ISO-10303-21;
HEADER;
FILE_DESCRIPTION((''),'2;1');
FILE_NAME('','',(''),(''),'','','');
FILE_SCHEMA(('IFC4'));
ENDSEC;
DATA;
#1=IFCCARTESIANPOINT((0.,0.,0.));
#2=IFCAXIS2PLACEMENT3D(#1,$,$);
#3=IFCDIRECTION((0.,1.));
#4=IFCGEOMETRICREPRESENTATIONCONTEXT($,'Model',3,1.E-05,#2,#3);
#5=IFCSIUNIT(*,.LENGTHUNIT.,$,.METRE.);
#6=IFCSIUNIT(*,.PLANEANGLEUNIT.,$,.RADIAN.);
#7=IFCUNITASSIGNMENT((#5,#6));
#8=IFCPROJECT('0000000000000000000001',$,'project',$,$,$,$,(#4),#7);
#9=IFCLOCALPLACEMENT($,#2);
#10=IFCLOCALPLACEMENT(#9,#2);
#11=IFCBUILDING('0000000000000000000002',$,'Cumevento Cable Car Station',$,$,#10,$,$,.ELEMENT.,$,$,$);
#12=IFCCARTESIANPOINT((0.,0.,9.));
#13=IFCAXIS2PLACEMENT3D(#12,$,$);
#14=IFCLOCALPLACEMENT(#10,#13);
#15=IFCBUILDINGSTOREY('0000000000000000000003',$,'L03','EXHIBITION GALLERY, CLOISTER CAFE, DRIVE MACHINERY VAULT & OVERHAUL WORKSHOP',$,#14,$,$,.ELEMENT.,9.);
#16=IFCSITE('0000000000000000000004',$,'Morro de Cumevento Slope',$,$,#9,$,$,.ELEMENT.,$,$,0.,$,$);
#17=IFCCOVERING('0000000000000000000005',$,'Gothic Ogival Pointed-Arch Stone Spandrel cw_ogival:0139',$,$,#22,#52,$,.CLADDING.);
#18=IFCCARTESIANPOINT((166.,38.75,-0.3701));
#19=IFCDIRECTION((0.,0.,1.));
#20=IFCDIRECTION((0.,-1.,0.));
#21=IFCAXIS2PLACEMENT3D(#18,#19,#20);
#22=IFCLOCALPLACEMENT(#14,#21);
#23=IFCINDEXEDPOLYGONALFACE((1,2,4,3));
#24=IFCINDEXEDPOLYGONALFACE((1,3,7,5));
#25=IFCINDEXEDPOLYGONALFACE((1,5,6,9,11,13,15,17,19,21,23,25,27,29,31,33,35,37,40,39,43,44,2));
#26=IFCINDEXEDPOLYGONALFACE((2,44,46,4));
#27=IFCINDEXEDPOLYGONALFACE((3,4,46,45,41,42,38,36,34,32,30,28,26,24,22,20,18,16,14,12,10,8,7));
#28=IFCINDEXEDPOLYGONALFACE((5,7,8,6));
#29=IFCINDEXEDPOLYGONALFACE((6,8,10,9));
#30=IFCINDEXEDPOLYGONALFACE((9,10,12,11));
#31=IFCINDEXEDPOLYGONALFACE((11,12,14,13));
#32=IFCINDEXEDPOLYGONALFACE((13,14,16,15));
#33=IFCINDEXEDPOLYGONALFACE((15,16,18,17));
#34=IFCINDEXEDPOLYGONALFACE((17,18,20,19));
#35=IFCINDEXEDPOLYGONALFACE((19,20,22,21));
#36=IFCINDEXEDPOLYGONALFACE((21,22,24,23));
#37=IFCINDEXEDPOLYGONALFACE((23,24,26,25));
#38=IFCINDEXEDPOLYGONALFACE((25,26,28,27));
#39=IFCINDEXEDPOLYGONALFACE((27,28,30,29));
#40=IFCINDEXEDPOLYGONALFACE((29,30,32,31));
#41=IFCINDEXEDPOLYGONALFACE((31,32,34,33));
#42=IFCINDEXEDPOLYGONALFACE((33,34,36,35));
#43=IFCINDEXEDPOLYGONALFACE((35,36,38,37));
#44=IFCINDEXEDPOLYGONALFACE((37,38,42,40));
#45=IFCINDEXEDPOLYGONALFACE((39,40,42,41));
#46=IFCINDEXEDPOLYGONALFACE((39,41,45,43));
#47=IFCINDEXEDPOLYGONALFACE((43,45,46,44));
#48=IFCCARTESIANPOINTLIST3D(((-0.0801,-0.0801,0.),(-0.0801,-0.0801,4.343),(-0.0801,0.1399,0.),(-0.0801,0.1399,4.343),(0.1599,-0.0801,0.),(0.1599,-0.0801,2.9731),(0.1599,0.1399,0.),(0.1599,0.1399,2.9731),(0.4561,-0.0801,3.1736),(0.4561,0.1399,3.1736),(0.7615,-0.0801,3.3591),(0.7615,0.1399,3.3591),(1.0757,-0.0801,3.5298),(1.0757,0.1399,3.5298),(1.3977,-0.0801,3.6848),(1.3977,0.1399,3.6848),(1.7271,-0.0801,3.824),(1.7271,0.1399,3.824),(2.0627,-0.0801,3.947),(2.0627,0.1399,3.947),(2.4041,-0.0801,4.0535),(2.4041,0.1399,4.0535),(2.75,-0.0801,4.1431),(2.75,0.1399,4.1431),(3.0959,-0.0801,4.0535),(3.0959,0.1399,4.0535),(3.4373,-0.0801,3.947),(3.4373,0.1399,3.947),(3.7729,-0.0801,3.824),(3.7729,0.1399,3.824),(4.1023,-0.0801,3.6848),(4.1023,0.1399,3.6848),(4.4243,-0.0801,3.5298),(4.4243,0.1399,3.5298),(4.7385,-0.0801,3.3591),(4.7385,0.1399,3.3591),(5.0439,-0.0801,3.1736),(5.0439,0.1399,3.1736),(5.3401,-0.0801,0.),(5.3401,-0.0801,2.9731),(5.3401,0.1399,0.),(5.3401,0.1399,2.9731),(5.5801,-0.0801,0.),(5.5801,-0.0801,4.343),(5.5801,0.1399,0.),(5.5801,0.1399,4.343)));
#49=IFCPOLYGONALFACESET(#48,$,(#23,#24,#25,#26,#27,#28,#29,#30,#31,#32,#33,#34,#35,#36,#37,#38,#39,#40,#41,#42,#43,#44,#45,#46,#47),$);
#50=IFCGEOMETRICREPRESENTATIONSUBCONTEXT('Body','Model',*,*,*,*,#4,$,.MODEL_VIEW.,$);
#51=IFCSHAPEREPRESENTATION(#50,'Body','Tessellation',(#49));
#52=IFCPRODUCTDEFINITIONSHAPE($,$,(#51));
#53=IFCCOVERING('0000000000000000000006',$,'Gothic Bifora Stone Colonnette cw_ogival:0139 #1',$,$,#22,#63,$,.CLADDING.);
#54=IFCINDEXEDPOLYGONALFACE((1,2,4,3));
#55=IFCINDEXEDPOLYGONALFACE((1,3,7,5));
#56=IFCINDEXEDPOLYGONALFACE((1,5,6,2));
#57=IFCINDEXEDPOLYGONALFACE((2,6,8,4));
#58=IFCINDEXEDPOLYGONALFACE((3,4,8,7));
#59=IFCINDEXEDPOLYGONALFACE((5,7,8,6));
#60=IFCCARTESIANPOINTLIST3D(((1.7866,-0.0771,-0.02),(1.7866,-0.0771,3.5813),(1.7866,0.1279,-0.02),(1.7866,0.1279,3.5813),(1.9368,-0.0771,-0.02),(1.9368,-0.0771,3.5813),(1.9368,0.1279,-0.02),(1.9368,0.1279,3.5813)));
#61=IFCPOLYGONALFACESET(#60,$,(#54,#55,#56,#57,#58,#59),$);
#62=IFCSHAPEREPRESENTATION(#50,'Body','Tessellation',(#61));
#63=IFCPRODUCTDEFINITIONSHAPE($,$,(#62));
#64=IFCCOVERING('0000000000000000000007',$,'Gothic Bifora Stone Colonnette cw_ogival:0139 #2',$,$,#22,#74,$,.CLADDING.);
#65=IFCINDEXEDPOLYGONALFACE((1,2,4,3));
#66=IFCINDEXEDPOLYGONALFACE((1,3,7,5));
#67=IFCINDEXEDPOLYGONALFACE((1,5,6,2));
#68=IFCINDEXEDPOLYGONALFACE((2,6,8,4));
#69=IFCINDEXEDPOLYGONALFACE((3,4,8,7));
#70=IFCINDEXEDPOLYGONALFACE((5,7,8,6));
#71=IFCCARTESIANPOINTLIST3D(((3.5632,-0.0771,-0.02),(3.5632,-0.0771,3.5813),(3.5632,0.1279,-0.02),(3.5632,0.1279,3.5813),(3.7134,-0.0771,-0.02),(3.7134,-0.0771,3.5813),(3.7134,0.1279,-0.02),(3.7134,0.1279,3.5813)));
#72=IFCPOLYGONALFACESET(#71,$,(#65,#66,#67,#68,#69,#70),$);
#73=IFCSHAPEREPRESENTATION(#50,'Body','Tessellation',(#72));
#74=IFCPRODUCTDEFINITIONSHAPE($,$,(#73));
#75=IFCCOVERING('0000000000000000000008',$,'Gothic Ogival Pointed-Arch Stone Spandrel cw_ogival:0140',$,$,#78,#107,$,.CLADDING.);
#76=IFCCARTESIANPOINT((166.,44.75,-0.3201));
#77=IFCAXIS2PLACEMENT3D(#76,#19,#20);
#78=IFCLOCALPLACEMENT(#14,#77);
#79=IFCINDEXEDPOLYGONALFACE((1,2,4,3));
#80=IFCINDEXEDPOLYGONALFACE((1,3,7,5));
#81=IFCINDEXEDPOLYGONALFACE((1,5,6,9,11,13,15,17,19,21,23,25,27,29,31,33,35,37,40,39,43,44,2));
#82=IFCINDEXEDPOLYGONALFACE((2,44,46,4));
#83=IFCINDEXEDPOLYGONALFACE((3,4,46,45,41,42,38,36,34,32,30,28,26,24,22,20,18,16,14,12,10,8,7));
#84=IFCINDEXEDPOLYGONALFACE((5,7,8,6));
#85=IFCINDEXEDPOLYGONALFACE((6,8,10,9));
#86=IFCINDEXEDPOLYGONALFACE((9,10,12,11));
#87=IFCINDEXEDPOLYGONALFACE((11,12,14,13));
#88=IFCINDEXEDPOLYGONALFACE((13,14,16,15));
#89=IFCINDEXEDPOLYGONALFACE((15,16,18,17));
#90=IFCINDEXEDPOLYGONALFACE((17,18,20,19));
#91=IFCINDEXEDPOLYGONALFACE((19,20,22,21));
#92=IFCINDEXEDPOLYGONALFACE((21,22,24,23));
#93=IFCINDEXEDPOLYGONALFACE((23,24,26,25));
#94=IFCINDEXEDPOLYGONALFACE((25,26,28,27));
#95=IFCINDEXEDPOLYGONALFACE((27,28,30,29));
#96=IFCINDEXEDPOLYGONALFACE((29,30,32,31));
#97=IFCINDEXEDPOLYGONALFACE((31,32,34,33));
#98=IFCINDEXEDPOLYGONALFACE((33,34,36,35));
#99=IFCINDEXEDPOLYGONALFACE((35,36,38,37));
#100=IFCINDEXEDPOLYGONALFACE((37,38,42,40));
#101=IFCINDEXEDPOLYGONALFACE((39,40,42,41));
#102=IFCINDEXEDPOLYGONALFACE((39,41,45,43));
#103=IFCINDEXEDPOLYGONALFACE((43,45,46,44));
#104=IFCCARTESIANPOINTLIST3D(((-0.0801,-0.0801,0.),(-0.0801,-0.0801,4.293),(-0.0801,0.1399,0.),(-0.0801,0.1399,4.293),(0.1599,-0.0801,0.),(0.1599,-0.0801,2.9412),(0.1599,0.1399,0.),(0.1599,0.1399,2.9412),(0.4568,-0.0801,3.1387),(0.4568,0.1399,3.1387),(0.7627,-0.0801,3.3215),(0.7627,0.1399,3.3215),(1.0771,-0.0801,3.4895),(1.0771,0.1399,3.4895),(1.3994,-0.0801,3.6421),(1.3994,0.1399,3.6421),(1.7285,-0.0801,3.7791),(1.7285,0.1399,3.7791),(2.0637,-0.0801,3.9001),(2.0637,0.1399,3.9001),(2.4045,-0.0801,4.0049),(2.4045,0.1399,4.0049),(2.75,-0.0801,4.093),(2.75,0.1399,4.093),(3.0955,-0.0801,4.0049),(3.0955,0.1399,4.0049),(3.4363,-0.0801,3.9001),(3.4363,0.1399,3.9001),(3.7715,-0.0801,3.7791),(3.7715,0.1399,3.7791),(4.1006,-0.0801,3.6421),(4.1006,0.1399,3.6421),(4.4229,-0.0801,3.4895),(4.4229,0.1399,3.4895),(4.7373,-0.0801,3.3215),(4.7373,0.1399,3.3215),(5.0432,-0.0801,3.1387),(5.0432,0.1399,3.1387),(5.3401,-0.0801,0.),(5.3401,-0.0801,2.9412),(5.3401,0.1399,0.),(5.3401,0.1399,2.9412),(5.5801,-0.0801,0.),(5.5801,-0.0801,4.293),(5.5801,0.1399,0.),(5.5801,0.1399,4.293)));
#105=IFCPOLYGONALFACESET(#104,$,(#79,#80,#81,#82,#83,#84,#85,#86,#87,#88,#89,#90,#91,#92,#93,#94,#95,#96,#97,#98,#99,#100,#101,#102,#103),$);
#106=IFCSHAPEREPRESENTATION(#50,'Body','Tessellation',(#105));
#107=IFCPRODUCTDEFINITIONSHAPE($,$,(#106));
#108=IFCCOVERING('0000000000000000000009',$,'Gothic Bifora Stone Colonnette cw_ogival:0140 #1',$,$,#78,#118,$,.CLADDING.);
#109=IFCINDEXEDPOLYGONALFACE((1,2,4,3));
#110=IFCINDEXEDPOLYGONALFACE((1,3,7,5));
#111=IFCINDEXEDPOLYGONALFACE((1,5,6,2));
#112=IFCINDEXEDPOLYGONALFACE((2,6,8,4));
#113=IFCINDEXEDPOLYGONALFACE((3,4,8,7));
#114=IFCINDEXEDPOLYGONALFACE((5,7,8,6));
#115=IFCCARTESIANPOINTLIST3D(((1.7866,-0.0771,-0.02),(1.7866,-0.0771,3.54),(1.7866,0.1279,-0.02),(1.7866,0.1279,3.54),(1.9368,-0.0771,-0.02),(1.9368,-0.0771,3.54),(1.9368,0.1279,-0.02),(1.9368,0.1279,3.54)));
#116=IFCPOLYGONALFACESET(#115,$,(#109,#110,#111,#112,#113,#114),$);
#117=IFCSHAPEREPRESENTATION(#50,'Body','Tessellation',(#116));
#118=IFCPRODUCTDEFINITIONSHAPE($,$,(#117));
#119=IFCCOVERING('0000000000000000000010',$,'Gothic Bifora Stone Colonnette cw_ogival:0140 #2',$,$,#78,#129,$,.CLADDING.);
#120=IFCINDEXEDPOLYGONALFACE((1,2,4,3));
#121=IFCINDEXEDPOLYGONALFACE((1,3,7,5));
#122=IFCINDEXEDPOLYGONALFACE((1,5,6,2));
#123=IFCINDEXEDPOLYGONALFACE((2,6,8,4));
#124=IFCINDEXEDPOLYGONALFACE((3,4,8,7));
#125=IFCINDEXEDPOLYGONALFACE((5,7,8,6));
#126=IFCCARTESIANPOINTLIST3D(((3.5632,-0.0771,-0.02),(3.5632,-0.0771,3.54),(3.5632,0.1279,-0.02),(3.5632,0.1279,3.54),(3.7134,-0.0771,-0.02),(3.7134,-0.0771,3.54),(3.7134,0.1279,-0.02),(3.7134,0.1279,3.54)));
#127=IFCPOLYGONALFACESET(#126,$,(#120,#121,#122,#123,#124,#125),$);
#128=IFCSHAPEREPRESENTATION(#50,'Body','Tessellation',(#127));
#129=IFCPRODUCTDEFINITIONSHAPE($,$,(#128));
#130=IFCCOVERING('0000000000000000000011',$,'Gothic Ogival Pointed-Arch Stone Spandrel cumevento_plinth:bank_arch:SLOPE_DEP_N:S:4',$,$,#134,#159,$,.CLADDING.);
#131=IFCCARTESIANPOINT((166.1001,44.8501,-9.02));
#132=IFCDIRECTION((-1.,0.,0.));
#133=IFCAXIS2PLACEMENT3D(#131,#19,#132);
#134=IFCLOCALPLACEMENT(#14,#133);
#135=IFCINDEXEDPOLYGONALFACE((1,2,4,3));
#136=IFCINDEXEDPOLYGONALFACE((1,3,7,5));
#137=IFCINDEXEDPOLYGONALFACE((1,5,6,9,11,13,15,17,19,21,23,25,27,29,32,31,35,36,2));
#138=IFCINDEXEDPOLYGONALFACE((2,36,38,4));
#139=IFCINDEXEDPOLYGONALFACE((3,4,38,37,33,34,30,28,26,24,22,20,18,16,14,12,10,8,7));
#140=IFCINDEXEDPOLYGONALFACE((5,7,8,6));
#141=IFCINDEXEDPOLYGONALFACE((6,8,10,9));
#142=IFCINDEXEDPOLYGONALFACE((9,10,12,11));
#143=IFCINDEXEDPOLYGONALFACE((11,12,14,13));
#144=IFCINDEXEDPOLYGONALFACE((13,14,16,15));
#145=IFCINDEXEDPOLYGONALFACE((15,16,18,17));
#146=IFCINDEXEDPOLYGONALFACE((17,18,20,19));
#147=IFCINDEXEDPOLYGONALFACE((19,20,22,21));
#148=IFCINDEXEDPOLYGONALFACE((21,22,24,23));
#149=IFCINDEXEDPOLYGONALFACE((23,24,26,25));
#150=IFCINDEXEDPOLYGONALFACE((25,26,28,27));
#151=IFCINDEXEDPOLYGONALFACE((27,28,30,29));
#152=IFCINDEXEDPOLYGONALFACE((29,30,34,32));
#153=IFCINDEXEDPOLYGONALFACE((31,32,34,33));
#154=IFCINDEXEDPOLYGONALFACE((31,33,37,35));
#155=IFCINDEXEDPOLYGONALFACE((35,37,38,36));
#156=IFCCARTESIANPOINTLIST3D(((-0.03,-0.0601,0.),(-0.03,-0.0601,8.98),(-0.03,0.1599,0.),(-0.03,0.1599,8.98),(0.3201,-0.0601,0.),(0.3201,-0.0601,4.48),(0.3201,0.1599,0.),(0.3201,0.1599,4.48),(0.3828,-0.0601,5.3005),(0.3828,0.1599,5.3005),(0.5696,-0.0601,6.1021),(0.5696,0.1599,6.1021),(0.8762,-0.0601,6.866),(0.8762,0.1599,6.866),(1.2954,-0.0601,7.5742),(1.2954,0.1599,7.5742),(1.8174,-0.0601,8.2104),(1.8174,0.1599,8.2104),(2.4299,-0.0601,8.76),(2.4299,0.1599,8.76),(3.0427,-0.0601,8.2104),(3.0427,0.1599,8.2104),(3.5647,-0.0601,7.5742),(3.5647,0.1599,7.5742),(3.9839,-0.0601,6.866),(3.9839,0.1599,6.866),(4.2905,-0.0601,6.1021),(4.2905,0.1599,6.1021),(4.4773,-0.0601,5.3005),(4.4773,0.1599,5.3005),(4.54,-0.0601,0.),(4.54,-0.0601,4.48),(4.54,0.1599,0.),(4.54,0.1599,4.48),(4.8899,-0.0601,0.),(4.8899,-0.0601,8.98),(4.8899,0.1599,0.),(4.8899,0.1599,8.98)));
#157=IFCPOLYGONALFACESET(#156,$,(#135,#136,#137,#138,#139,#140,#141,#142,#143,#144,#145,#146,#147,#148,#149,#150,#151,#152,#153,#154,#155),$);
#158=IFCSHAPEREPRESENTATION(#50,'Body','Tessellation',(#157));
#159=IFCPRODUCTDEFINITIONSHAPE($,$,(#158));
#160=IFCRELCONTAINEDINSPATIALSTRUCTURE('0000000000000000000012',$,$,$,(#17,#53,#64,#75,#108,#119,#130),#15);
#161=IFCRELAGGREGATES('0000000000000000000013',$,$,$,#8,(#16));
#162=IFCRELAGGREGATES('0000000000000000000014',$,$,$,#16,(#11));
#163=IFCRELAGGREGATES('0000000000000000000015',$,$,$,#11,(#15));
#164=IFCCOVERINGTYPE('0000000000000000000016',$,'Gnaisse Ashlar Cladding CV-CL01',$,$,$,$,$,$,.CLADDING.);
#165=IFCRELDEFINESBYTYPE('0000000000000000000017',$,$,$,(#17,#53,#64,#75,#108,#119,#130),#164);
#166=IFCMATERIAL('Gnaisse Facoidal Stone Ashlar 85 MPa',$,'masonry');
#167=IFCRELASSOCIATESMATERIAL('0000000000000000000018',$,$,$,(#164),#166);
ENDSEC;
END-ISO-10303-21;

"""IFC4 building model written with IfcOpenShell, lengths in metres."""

from ifc_helpers import new_model, si_unit, direction, frame, origin, place, context, subcontext, project, spatial, polyline, outline, extrude, material, type_object, element, save


model = new_model("IFC4")

# Units and contexts
model_context = context("Model", 3, precision=1e-05, world=origin(), true_north=direction((0.0, 1.0)))
body_context = subcontext(model_context, "Body", "Model", "MODEL_VIEW")
ifc_project = project(units=[si_unit("LENGTHUNIT", "METRE"), si_unit("PLANEANGLEUNIT", "RADIAN")], contexts=[model_context])

# Site, building, storey
site_placement = place(None, origin())
site = spatial("IfcSite", under=ifc_project, at=site_placement, Name="Morro de Cumevento Slope", CompositionType="ELEMENT", RefElevation=0.0)
building_placement = place(site_placement, origin())
building = spatial("IfcBuilding", under=site, at=building_placement, Name="Cumevento Cable Car Station", CompositionType="ELEMENT")
storey_placement = place(building_placement, frame((0.0, 0.0, 9.0)))
storey = spatial("IfcBuildingStorey", under=building, at=storey_placement, Name="L03", Description="EXHIBITION GALLERY, CLOISTER CAFE, DRIVE MACHINERY VAULT & OVERHAUL WORKSHOP", CompositionType="ELEMENT", Elevation=9.0)

# Coverings
ifc_material_1 = material(Name="Gnaisse Facoidal Stone Ashlar 85 MPa", Category="masonry")
covering_type = type_object("IfcCoveringType", Name="Gnaisse Ashlar Cladding CV-CL01", PredefinedType="CLADDING", material=ifc_material_1)
placement_1 = place(storey_placement, frame((166.0, 38.75, -0.3701), z_axis=(0.0, 0.0, 1.0), x_axis=(0.0, -1.0, 0.0)))
element("IfcCovering", 1, at=placement_1, inside=storey, type_object=covering_type, Name="Gothic Ogival Pointed-Arch Stone Spandrel cw_ogival:0139", PredefinedType="CLADDING", context=body_context, shape_type="SweptSolid", body=[
    extrude(outline(polyline([(-0.0801, 0.0), (-0.0801, 4.343), (5.5801, 4.343), (5.5801, 0.0), (5.3401, 0.0), (5.3401, 2.9731), (5.0439, 3.1736), (4.7385, 3.3591), (4.4243, 3.5298), (4.1023, 3.6848), (3.7729, 3.824), (3.4373, 3.947), (3.0959, 4.0535), (2.75, 4.1431), (2.4041, 4.0535), (2.0627, 3.947), (1.7271, 3.824), (1.3977, 3.6848), (1.0757, 3.5298), (0.7615, 3.3591), (0.4561, 3.1736), (0.1599, 2.9731), (0.1599, 0.0), (-0.0801, 0.0)])), frame((0.0, 0.1399, 0.0), z_axis=(0.0, -1.0, 0.0), x_axis=(1.0, 0.0, 0.0)), (0.0, 0.0, 1.0), 0.22),
])
element("IfcCovering", 2, at=placement_1, inside=storey, type_object=covering_type, Name="Gothic Bifora Stone Colonnette cw_ogival:0139 #1", PredefinedType="CLADDING", context=body_context, shape_type="SweptSolid", body=[
    extrude(outline(polyline([(1.7866, -0.02), (1.9368, -0.02), (1.9368, 3.5813), (1.7866, 3.5813), (1.7866, -0.02)])), frame((0.0, 0.1279, 0.0), z_axis=(0.0, -1.0, 0.0), x_axis=(1.0, 0.0, 0.0)), (0.0, 0.0, 1.0), 0.2051),
])
element("IfcCovering", 3, at=placement_1, inside=storey, type_object=covering_type, Name="Gothic Bifora Stone Colonnette cw_ogival:0139 #2", PredefinedType="CLADDING", context=body_context, shape_type="SweptSolid", body=[
    extrude(outline(polyline([(3.5632, -0.02), (3.7134, -0.02), (3.7134, 3.5813), (3.5632, 3.5813), (3.5632, -0.02)])), frame((0.0, 0.1279, 0.0), z_axis=(0.0, -1.0, 0.0), x_axis=(1.0, 0.0, 0.0)), (0.0, 0.0, 1.0), 0.2051),
])
placement_2 = place(storey_placement, frame((166.0, 44.75, -0.3201), z_axis=(0.0, 0.0, 1.0), x_axis=(0.0, -1.0, 0.0)))
element("IfcCovering", 4, at=placement_2, inside=storey, type_object=covering_type, Name="Gothic Ogival Pointed-Arch Stone Spandrel cw_ogival:0140", PredefinedType="CLADDING", context=body_context, shape_type="SweptSolid", body=[
    extrude(outline(polyline([(-0.0801, 0.0), (-0.0801, 4.293), (5.5801, 4.293), (5.5801, 0.0), (5.3401, 0.0), (5.3401, 2.9412), (5.0432, 3.1387), (4.7373, 3.3215), (4.4229, 3.4895), (4.1006, 3.6421), (3.7715, 3.7791), (3.4363, 3.9001), (3.0955, 4.0049), (2.75, 4.093), (2.4045, 4.0049), (2.0637, 3.9001), (1.7285, 3.7791), (1.3994, 3.6421), (1.0771, 3.4895), (0.7627, 3.3215), (0.4568, 3.1387), (0.1599, 2.9412), (0.1599, 0.0), (-0.0801, 0.0)])), frame((0.0, 0.1399, 0.0), z_axis=(0.0, -1.0, 0.0), x_axis=(1.0, 0.0, 0.0)), (0.0, 0.0, 1.0), 0.22),
])
element("IfcCovering", 5, at=placement_2, inside=storey, type_object=covering_type, Name="Gothic Bifora Stone Colonnette cw_ogival:0140 #1", PredefinedType="CLADDING", context=body_context, shape_type="SweptSolid", body=[
    extrude(outline(polyline([(1.7866, -0.02), (1.9368, -0.02), (1.9368, 3.54), (1.7866, 3.54), (1.7866, -0.02)])), frame((0.0, 0.1279, 0.0), z_axis=(0.0, -1.0, 0.0), x_axis=(1.0, 0.0, 0.0)), (0.0, 0.0, 1.0), 0.2051),
])
element("IfcCovering", 6, at=placement_2, inside=storey, type_object=covering_type, Name="Gothic Bifora Stone Colonnette cw_ogival:0140 #2", PredefinedType="CLADDING", context=body_context, shape_type="SweptSolid", body=[
    extrude(outline(polyline([(3.5632, -0.02), (3.7134, -0.02), (3.7134, 3.54), (3.5632, 3.54), (3.5632, -0.02)])), frame((0.0, 0.1279, 0.0), z_axis=(0.0, -1.0, 0.0), x_axis=(1.0, 0.0, 0.0)), (0.0, 0.0, 1.0), 0.2051),
])
covering_1_placement = place(storey_placement, frame((166.1001, 44.8501, -9.02), z_axis=(0.0, 0.0, 1.0), x_axis=(-1.0, 0.0, 0.0)))
element("IfcCovering", 7, at=covering_1_placement, inside=storey, type_object=covering_type, Name="Gothic Ogival Pointed-Arch Stone Spandrel cumevento_plinth:bank_arch:SLOPE_DEP_N:S:4", PredefinedType="CLADDING", context=body_context, shape_type="SweptSolid", body=[
    extrude(outline(polyline([(-0.03, 0.0), (-0.03, 8.98), (4.8899, 8.98), (4.8899, 0.0), (4.54, 0.0), (4.54, 4.48), (4.4773, 5.3005), (4.2905, 6.1021), (3.9839, 6.866), (3.5647, 7.5742), (3.0427, 8.2104), (2.4299, 8.76), (1.8174, 8.2104), (1.2954, 7.5742), (0.8762, 6.866), (0.5696, 6.1021), (0.3828, 5.3005), (0.3201, 4.48), (0.3201, 0.0), (-0.03, 0.0)])), frame((0.0, 0.1599, 0.0), z_axis=(0.0, -1.0, 0.0), x_axis=(1.0, 0.0, 0.0)), (0.0, 0.0, 1.0), 0.22),
])

save(model, "model.ifc")
